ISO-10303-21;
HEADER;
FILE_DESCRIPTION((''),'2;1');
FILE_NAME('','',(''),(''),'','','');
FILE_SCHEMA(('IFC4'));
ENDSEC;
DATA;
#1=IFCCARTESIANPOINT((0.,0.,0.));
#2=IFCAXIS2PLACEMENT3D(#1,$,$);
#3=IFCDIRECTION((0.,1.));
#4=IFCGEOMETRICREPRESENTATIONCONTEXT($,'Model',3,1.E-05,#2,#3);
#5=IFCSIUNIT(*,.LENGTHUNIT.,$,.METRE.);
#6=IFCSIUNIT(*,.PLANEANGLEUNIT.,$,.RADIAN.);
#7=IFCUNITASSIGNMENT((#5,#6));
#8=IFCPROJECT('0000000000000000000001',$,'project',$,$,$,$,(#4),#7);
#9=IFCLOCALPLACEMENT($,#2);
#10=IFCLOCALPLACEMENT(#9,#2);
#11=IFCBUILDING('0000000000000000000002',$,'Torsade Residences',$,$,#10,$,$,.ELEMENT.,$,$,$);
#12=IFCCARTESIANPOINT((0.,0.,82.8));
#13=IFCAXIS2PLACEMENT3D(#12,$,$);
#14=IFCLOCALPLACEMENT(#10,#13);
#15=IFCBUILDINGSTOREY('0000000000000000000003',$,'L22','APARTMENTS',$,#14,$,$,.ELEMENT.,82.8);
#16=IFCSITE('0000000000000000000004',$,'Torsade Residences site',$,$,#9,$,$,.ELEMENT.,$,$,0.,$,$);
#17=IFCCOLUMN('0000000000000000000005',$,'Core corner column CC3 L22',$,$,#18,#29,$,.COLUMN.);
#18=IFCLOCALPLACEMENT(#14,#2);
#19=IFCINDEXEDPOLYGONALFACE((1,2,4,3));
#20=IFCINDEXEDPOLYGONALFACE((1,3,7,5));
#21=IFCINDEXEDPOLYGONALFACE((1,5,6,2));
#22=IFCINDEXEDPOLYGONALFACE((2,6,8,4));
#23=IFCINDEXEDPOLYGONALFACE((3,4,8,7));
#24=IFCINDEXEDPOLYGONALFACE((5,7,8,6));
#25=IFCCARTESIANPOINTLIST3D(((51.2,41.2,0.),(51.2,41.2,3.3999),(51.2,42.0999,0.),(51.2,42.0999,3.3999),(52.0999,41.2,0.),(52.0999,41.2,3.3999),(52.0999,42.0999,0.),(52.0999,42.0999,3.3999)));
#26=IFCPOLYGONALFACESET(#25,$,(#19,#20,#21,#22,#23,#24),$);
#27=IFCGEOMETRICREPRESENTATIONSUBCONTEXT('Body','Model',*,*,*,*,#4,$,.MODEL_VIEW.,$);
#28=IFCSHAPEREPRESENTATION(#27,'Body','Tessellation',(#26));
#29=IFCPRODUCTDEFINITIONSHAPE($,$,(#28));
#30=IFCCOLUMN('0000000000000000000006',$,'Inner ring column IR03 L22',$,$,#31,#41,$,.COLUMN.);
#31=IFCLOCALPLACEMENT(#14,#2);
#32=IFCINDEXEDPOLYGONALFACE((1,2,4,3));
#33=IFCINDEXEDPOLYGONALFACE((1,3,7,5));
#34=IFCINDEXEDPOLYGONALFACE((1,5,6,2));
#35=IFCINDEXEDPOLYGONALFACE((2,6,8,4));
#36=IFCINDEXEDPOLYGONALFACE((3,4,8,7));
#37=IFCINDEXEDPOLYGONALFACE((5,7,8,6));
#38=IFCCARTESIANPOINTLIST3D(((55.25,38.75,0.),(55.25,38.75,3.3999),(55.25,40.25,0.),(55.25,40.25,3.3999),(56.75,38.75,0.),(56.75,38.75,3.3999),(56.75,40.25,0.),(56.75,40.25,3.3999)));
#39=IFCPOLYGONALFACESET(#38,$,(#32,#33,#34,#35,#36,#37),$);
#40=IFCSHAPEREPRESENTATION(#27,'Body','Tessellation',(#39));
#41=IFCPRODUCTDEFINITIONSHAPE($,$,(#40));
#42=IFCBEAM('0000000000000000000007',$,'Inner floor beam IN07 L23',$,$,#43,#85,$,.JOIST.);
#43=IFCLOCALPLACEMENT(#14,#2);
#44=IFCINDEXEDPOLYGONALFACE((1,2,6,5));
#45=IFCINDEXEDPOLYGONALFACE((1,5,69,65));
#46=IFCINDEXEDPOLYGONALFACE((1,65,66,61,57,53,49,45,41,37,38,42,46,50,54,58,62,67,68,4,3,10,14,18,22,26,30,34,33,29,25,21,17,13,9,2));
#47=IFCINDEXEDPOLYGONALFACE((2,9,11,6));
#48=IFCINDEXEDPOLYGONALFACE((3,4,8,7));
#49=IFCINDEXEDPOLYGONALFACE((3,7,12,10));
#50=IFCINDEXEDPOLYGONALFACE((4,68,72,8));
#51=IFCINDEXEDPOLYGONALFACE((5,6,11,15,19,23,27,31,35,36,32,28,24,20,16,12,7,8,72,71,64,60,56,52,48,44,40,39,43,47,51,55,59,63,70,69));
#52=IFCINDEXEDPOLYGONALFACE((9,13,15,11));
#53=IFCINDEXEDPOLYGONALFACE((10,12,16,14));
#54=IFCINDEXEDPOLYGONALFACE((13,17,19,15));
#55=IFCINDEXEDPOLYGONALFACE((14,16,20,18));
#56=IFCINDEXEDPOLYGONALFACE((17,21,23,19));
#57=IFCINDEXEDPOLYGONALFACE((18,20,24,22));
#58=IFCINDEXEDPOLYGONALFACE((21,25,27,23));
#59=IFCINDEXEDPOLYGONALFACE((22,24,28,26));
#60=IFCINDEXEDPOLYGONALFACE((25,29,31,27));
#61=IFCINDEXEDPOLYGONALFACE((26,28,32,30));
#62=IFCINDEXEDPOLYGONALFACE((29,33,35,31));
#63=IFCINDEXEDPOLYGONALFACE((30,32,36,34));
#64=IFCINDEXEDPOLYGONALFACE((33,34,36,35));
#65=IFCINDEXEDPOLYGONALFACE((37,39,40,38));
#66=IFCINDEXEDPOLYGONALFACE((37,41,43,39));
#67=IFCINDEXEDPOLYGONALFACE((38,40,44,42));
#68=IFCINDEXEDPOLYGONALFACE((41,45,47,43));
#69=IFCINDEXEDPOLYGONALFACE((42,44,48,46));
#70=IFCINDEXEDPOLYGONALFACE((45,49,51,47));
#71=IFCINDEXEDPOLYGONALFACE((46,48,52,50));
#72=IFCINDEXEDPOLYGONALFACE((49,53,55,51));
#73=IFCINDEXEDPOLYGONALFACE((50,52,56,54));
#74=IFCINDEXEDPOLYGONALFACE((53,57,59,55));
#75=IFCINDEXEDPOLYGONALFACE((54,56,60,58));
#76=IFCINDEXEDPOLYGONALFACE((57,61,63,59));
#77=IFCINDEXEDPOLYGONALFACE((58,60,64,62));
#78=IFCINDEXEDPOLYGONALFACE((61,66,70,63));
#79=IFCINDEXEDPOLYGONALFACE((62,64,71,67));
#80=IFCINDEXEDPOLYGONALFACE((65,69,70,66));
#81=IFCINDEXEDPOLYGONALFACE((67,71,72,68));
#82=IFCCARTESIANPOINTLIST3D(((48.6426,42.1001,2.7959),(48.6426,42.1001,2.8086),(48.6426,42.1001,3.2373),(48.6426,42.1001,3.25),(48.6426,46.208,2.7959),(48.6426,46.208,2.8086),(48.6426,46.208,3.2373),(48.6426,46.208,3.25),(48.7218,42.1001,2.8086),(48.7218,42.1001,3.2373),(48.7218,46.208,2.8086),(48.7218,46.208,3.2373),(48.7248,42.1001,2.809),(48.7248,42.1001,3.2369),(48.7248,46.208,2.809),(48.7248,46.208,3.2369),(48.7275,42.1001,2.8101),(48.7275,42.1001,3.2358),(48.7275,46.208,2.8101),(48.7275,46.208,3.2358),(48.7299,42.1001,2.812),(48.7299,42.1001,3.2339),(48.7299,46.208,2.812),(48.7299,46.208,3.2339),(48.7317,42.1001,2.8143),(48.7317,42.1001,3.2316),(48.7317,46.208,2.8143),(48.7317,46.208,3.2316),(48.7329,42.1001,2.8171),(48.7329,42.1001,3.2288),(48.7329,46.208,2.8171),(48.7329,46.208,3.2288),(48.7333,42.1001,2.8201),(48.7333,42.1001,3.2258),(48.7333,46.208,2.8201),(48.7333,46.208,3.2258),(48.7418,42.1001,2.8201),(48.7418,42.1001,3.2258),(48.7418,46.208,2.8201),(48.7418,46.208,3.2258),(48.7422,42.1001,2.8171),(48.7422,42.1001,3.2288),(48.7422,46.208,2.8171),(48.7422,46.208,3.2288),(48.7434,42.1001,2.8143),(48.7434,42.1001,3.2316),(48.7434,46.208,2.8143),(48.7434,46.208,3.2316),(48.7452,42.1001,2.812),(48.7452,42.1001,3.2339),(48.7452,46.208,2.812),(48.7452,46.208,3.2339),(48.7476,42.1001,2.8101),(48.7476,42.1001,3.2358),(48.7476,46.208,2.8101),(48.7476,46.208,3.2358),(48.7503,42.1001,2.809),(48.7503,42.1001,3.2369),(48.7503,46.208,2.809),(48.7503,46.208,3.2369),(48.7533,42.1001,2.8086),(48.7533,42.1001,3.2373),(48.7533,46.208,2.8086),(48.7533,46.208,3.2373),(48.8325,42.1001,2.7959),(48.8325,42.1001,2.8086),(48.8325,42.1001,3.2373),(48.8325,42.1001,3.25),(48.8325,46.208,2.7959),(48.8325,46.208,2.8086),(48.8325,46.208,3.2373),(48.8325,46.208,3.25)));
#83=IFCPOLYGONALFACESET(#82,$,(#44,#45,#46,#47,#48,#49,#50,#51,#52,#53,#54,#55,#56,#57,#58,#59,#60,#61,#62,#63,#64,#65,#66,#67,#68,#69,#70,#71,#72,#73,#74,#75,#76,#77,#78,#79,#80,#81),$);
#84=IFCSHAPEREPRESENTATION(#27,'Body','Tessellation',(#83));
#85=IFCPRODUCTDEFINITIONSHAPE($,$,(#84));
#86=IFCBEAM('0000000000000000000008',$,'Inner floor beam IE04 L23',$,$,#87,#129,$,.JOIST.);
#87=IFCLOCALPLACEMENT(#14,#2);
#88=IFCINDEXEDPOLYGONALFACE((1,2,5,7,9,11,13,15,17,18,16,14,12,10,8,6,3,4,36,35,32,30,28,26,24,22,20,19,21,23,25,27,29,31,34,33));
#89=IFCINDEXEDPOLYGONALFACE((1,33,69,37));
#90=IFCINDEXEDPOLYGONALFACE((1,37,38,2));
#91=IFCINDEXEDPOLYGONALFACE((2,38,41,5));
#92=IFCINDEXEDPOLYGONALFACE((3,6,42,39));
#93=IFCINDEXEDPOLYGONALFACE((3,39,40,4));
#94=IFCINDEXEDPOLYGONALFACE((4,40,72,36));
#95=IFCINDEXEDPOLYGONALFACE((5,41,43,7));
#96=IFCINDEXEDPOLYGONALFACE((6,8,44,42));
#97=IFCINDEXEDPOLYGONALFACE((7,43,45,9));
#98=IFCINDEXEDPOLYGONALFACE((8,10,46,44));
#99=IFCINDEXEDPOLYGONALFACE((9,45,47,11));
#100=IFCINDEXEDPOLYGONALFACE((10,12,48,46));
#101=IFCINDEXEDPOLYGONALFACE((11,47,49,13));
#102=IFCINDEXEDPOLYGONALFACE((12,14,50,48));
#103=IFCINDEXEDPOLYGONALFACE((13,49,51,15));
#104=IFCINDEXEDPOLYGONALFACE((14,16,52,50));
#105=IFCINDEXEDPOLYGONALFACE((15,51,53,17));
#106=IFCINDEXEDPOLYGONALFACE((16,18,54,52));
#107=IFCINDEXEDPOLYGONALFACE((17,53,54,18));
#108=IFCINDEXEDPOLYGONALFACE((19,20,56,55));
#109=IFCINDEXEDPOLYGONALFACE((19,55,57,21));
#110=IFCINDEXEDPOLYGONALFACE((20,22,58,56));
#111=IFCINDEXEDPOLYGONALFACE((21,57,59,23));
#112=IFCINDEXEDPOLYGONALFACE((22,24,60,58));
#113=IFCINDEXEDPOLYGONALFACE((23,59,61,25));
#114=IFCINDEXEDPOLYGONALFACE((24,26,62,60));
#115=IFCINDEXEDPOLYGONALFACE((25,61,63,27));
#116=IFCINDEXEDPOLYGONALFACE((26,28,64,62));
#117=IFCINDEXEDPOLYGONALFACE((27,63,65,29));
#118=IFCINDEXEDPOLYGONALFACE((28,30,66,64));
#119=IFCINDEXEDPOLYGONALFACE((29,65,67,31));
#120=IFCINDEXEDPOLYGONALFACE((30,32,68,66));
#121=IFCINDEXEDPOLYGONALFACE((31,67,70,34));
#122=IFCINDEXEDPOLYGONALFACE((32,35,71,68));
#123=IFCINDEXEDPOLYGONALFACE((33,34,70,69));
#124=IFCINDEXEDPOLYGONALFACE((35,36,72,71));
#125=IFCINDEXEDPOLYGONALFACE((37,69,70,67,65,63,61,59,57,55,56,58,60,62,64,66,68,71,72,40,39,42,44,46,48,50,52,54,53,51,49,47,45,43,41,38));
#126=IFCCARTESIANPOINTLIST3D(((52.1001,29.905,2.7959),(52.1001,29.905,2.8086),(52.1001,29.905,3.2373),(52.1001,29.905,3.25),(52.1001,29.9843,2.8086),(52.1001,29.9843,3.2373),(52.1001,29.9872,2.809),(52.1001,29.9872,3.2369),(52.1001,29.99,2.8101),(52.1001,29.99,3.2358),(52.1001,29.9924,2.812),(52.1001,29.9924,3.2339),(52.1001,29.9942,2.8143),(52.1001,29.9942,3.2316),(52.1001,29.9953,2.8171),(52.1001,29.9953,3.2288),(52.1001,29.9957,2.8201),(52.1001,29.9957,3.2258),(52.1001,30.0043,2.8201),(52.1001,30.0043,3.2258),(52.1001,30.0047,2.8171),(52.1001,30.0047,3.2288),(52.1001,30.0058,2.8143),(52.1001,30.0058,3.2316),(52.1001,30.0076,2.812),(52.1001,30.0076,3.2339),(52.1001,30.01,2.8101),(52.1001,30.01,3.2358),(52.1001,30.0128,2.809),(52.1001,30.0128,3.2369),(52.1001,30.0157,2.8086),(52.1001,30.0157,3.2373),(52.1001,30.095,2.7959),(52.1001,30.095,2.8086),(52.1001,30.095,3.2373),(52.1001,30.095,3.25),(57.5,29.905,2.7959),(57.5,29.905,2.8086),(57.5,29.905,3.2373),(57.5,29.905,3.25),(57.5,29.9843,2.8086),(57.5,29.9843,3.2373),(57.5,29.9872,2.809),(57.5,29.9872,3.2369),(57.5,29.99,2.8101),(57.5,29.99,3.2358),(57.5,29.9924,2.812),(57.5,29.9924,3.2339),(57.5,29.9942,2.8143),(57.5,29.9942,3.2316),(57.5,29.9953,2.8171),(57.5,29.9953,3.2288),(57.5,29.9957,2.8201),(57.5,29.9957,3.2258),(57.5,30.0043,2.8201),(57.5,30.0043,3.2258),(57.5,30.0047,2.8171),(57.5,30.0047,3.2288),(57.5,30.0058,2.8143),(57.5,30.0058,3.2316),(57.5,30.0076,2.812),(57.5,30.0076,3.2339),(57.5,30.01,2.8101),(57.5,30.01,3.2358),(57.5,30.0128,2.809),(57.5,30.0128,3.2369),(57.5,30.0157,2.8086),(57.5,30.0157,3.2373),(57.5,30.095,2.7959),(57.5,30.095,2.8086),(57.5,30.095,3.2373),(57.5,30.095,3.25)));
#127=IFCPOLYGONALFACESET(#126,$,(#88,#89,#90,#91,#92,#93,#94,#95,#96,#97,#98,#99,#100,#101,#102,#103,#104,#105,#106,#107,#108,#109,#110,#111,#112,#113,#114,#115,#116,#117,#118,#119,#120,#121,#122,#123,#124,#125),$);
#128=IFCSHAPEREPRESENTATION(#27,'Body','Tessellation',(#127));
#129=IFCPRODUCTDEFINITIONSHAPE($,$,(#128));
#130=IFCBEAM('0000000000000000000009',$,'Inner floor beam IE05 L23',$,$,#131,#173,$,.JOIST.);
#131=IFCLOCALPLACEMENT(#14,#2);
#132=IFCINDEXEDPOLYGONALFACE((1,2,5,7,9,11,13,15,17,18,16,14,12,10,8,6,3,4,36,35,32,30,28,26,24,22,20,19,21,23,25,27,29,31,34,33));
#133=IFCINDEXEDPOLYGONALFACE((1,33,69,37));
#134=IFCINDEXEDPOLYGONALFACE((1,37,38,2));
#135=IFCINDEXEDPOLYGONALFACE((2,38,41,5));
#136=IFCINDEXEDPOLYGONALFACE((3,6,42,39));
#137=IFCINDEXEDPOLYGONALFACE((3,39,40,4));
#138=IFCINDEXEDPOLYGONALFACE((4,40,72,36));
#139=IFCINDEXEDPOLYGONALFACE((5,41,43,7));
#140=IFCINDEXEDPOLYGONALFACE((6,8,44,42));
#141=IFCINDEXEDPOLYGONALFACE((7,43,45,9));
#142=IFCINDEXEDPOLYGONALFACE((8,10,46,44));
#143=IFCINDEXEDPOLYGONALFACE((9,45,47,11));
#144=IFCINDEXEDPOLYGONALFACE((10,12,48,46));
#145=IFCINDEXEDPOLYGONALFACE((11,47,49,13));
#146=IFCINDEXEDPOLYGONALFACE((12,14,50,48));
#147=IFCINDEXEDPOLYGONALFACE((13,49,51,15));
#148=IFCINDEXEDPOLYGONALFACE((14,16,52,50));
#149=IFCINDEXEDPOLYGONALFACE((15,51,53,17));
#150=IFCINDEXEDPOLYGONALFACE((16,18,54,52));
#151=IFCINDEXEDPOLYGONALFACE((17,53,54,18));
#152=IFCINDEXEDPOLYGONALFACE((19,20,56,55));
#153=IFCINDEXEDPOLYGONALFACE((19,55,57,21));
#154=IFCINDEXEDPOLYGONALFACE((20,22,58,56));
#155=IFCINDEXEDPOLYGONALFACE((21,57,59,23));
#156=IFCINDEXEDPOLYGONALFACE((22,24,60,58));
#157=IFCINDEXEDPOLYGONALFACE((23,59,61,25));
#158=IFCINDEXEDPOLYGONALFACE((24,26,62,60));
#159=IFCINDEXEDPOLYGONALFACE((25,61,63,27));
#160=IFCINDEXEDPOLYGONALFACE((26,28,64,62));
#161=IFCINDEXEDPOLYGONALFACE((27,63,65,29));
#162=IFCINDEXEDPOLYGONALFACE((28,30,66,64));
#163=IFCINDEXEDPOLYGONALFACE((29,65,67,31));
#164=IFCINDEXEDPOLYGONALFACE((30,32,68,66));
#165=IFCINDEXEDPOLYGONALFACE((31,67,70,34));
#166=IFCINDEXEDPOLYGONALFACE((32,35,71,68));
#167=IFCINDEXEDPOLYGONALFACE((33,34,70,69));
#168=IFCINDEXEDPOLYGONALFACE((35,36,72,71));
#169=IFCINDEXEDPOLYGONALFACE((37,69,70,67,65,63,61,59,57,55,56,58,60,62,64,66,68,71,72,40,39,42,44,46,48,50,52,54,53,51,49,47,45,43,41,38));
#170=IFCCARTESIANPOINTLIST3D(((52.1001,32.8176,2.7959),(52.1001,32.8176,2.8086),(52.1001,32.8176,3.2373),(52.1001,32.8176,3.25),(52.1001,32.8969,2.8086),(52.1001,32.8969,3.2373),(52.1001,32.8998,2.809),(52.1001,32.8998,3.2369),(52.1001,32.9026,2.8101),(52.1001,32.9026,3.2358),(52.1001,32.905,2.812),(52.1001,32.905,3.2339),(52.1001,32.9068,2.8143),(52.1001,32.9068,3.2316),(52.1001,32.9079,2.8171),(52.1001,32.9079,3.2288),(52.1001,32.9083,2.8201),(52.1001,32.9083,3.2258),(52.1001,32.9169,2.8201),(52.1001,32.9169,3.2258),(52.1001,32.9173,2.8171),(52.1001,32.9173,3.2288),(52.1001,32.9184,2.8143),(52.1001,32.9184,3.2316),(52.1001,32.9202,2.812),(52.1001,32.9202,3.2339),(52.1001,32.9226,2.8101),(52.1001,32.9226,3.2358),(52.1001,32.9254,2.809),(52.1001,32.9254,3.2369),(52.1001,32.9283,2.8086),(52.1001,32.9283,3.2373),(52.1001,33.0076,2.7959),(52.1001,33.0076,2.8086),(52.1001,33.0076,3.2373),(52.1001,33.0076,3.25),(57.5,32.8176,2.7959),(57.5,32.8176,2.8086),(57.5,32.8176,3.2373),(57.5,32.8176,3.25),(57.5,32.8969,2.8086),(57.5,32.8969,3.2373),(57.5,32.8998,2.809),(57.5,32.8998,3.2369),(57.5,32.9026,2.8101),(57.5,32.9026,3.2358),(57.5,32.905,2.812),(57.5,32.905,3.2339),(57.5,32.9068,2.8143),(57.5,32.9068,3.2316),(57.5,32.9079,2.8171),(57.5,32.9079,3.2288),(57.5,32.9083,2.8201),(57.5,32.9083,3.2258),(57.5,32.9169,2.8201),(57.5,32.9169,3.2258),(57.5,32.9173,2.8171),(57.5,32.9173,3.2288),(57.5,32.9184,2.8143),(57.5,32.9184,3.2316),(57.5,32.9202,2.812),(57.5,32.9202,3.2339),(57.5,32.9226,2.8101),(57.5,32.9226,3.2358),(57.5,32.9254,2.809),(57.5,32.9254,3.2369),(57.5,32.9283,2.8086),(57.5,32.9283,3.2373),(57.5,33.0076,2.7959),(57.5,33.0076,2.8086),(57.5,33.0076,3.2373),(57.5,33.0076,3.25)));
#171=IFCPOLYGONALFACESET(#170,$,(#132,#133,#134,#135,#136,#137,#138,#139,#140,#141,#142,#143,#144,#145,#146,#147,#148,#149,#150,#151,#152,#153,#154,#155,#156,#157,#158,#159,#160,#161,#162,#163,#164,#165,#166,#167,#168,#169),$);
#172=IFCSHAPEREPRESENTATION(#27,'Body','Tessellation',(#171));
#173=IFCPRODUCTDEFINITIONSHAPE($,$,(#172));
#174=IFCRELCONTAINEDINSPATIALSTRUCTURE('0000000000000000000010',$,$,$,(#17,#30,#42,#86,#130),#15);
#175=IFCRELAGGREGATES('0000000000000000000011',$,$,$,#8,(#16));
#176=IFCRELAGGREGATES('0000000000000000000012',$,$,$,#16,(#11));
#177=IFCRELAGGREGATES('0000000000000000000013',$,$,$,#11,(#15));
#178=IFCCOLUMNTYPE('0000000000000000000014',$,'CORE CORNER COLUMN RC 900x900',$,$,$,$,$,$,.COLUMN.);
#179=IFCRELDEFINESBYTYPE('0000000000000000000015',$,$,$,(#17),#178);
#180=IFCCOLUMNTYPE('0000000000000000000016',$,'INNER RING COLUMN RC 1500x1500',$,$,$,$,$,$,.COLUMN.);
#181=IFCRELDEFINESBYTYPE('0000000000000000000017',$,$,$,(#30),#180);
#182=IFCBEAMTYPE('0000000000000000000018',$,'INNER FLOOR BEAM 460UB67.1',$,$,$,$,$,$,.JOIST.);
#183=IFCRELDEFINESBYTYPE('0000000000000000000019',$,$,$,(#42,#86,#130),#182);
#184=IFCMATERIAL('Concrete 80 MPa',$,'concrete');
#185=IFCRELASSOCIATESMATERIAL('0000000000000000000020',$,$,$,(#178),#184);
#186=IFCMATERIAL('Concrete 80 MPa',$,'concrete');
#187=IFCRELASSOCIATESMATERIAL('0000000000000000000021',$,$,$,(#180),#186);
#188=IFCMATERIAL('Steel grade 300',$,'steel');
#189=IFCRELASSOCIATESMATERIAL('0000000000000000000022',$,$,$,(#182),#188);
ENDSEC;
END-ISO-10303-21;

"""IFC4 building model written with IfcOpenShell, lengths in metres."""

from ifc_helpers import new_model, si_unit, direction, frame, origin, origin_2d, place, context, subcontext, project, spatial, rectangle, i_section, extrude, material, material_profile, profile_set, type_object, element, save


model = new_model("IFC4")

# Units and contexts
model_context = context("Model", 3, precision=1e-05, world=origin(), true_north=direction((0.0, 1.0)))
body_context = subcontext(model_context, "Body", "Model", "MODEL_VIEW")
ifc_project = project(units=[si_unit("LENGTHUNIT", "METRE"), si_unit("PLANEANGLEUNIT", "RADIAN")], contexts=[model_context])

# Site, building, storey
site_placement = place(None, origin())
site = spatial("IfcSite", under=ifc_project, at=site_placement, Name="Torsade Residences site", CompositionType="ELEMENT", RefElevation=0.0)
building_placement = place(site_placement, origin())
building = spatial("IfcBuilding", under=site, at=building_placement, Name="Torsade Residences", CompositionType="ELEMENT")
storey_placement = place(building_placement, frame((0.0, 0.0, 82.8)))
storey = spatial("IfcBuildingStorey", under=building, at=storey_placement, Name="L22", Description="APARTMENTS", CompositionType="ELEMENT", Elevation=82.8)

# Columns
ifc_material_1 = material(Name="Concrete 80 MPa", Category="concrete")
ifc_material_profile_1 = material_profile(ifc_material_1, rectangle(XDim=0.8999, YDim=0.8999, at=origin_2d()), Name="RC 900x900")
ifc_profile_set_1 = profile_set([ifc_material_profile_1], Name="Concrete 80 MPa")
column_type_1 = type_object("IfcColumnType", Name="CORE CORNER COLUMN RC 900x900", PredefinedType="COLUMN", material=ifc_profile_set_1)
column_1_placement = place(storey_placement, frame((51.6499, 41.6499, 0.0), z_axis=(0.0, 0.0, 1.0), x_axis=(1.0, 0.0, 0.0)))
element("IfcColumn", 1, at=column_1_placement, inside=storey, type_object=column_type_1, Name="Core corner column CC3 L22", PredefinedType="COLUMN", context=body_context, shape_type="SweptSolid", body=[
    extrude(rectangle(XDim=0.8999, YDim=0.8999, at=origin_2d()), origin(), (0.0, 0.0, 1.0), 3.3999),
])
ifc_material_2 = material(Name="Concrete 80 MPa", Category="concrete")
ifc_material_profile_2 = material_profile(ifc_material_2, rectangle(XDim=1.5, YDim=1.5, at=origin_2d()), Name="RC 1500x1500")
ifc_profile_set_2 = profile_set([ifc_material_profile_2], Name="Concrete 80 MPa")
column_type_2 = type_object("IfcColumnType", Name="INNER RING COLUMN RC 1500x1500", PredefinedType="COLUMN", material=ifc_profile_set_2)
column_2_placement = place(storey_placement, frame((56.0, 39.5, 0.0), z_axis=(0.0, 0.0, 1.0), x_axis=(1.0, 0.0, 0.0)))
element("IfcColumn", 2, at=column_2_placement, inside=storey, type_object=column_type_2, Name="Inner ring column IR03 L22", PredefinedType="COLUMN", context=body_context, shape_type="SweptSolid", body=[
    extrude(rectangle(XDim=1.5, YDim=1.5, at=origin_2d()), origin(), (0.0, 0.0, 1.0), 3.3999),
])

# Beams
ifc_material_3 = material(Name="Steel grade 300", Category="steel")
ifc_material_profile_3 = material_profile(ifc_material_3, i_section(OverallWidth=0.1899, OverallDepth=0.4541, WebThickness=0.0085, FlangeThickness=0.0127, FilletRadius=0.0115, at=origin_2d()), Name="460UB67.1")
ifc_profile_set_3 = profile_set([ifc_material_profile_3], Name="Steel grade 300")
beam_type_1 = type_object("IfcBeamType", Name="INNER FLOOR BEAM 460UB67.1", PredefinedType="JOIST", material=ifc_profile_set_3)
beam_1_placement = place(storey_placement, frame((48.7375, 42.1001, 3.0229), z_axis=(0.0, 1.0, 0.0), x_axis=(-1.0, 0.0, 0.0)))
element("IfcBeam", 3, at=beam_1_placement, inside=storey, type_object=beam_type_1, Name="Inner floor beam IN07 L23", PredefinedType="JOIST", context=body_context, shape_type="SweptSolid", body=[
    extrude(i_section(OverallWidth=0.1899, OverallDepth=0.4541, WebThickness=0.0085, FlangeThickness=0.0127, FilletRadius=0.0115, at=origin_2d()), origin(), (0.0, 0.0, 1.0), 4.1079),
])
for number, where, z_axis, x_axis, name in (
    (4, (52.1001, 30.0, 3.0229), (1.0, 0.0, 0.0), (0.0, 1.0, 0.0), "Inner floor beam IE04 L23"),
    (5, (52.1001, 32.9126, 3.0229), (1.0, 0.0, 0.0), (0.0, 1.0, 0.0), "Inner floor beam IE05 L23"),
):
    element("IfcBeam", number, at=place(storey_placement, frame(where, z_axis=z_axis, x_axis=x_axis)), inside=storey, type_object=beam_type_1, Name=name, PredefinedType="JOIST", context=body_context, shape_type="SweptSolid", body=[
        extrude(i_section(OverallWidth=0.1899, OverallDepth=0.4541, WebThickness=0.0085, FlangeThickness=0.0127, FilletRadius=0.0115, at=origin_2d()), origin(), (0.0, 0.0, 1.0), 5.3999),
    ])

save(model, "model.ifc")
